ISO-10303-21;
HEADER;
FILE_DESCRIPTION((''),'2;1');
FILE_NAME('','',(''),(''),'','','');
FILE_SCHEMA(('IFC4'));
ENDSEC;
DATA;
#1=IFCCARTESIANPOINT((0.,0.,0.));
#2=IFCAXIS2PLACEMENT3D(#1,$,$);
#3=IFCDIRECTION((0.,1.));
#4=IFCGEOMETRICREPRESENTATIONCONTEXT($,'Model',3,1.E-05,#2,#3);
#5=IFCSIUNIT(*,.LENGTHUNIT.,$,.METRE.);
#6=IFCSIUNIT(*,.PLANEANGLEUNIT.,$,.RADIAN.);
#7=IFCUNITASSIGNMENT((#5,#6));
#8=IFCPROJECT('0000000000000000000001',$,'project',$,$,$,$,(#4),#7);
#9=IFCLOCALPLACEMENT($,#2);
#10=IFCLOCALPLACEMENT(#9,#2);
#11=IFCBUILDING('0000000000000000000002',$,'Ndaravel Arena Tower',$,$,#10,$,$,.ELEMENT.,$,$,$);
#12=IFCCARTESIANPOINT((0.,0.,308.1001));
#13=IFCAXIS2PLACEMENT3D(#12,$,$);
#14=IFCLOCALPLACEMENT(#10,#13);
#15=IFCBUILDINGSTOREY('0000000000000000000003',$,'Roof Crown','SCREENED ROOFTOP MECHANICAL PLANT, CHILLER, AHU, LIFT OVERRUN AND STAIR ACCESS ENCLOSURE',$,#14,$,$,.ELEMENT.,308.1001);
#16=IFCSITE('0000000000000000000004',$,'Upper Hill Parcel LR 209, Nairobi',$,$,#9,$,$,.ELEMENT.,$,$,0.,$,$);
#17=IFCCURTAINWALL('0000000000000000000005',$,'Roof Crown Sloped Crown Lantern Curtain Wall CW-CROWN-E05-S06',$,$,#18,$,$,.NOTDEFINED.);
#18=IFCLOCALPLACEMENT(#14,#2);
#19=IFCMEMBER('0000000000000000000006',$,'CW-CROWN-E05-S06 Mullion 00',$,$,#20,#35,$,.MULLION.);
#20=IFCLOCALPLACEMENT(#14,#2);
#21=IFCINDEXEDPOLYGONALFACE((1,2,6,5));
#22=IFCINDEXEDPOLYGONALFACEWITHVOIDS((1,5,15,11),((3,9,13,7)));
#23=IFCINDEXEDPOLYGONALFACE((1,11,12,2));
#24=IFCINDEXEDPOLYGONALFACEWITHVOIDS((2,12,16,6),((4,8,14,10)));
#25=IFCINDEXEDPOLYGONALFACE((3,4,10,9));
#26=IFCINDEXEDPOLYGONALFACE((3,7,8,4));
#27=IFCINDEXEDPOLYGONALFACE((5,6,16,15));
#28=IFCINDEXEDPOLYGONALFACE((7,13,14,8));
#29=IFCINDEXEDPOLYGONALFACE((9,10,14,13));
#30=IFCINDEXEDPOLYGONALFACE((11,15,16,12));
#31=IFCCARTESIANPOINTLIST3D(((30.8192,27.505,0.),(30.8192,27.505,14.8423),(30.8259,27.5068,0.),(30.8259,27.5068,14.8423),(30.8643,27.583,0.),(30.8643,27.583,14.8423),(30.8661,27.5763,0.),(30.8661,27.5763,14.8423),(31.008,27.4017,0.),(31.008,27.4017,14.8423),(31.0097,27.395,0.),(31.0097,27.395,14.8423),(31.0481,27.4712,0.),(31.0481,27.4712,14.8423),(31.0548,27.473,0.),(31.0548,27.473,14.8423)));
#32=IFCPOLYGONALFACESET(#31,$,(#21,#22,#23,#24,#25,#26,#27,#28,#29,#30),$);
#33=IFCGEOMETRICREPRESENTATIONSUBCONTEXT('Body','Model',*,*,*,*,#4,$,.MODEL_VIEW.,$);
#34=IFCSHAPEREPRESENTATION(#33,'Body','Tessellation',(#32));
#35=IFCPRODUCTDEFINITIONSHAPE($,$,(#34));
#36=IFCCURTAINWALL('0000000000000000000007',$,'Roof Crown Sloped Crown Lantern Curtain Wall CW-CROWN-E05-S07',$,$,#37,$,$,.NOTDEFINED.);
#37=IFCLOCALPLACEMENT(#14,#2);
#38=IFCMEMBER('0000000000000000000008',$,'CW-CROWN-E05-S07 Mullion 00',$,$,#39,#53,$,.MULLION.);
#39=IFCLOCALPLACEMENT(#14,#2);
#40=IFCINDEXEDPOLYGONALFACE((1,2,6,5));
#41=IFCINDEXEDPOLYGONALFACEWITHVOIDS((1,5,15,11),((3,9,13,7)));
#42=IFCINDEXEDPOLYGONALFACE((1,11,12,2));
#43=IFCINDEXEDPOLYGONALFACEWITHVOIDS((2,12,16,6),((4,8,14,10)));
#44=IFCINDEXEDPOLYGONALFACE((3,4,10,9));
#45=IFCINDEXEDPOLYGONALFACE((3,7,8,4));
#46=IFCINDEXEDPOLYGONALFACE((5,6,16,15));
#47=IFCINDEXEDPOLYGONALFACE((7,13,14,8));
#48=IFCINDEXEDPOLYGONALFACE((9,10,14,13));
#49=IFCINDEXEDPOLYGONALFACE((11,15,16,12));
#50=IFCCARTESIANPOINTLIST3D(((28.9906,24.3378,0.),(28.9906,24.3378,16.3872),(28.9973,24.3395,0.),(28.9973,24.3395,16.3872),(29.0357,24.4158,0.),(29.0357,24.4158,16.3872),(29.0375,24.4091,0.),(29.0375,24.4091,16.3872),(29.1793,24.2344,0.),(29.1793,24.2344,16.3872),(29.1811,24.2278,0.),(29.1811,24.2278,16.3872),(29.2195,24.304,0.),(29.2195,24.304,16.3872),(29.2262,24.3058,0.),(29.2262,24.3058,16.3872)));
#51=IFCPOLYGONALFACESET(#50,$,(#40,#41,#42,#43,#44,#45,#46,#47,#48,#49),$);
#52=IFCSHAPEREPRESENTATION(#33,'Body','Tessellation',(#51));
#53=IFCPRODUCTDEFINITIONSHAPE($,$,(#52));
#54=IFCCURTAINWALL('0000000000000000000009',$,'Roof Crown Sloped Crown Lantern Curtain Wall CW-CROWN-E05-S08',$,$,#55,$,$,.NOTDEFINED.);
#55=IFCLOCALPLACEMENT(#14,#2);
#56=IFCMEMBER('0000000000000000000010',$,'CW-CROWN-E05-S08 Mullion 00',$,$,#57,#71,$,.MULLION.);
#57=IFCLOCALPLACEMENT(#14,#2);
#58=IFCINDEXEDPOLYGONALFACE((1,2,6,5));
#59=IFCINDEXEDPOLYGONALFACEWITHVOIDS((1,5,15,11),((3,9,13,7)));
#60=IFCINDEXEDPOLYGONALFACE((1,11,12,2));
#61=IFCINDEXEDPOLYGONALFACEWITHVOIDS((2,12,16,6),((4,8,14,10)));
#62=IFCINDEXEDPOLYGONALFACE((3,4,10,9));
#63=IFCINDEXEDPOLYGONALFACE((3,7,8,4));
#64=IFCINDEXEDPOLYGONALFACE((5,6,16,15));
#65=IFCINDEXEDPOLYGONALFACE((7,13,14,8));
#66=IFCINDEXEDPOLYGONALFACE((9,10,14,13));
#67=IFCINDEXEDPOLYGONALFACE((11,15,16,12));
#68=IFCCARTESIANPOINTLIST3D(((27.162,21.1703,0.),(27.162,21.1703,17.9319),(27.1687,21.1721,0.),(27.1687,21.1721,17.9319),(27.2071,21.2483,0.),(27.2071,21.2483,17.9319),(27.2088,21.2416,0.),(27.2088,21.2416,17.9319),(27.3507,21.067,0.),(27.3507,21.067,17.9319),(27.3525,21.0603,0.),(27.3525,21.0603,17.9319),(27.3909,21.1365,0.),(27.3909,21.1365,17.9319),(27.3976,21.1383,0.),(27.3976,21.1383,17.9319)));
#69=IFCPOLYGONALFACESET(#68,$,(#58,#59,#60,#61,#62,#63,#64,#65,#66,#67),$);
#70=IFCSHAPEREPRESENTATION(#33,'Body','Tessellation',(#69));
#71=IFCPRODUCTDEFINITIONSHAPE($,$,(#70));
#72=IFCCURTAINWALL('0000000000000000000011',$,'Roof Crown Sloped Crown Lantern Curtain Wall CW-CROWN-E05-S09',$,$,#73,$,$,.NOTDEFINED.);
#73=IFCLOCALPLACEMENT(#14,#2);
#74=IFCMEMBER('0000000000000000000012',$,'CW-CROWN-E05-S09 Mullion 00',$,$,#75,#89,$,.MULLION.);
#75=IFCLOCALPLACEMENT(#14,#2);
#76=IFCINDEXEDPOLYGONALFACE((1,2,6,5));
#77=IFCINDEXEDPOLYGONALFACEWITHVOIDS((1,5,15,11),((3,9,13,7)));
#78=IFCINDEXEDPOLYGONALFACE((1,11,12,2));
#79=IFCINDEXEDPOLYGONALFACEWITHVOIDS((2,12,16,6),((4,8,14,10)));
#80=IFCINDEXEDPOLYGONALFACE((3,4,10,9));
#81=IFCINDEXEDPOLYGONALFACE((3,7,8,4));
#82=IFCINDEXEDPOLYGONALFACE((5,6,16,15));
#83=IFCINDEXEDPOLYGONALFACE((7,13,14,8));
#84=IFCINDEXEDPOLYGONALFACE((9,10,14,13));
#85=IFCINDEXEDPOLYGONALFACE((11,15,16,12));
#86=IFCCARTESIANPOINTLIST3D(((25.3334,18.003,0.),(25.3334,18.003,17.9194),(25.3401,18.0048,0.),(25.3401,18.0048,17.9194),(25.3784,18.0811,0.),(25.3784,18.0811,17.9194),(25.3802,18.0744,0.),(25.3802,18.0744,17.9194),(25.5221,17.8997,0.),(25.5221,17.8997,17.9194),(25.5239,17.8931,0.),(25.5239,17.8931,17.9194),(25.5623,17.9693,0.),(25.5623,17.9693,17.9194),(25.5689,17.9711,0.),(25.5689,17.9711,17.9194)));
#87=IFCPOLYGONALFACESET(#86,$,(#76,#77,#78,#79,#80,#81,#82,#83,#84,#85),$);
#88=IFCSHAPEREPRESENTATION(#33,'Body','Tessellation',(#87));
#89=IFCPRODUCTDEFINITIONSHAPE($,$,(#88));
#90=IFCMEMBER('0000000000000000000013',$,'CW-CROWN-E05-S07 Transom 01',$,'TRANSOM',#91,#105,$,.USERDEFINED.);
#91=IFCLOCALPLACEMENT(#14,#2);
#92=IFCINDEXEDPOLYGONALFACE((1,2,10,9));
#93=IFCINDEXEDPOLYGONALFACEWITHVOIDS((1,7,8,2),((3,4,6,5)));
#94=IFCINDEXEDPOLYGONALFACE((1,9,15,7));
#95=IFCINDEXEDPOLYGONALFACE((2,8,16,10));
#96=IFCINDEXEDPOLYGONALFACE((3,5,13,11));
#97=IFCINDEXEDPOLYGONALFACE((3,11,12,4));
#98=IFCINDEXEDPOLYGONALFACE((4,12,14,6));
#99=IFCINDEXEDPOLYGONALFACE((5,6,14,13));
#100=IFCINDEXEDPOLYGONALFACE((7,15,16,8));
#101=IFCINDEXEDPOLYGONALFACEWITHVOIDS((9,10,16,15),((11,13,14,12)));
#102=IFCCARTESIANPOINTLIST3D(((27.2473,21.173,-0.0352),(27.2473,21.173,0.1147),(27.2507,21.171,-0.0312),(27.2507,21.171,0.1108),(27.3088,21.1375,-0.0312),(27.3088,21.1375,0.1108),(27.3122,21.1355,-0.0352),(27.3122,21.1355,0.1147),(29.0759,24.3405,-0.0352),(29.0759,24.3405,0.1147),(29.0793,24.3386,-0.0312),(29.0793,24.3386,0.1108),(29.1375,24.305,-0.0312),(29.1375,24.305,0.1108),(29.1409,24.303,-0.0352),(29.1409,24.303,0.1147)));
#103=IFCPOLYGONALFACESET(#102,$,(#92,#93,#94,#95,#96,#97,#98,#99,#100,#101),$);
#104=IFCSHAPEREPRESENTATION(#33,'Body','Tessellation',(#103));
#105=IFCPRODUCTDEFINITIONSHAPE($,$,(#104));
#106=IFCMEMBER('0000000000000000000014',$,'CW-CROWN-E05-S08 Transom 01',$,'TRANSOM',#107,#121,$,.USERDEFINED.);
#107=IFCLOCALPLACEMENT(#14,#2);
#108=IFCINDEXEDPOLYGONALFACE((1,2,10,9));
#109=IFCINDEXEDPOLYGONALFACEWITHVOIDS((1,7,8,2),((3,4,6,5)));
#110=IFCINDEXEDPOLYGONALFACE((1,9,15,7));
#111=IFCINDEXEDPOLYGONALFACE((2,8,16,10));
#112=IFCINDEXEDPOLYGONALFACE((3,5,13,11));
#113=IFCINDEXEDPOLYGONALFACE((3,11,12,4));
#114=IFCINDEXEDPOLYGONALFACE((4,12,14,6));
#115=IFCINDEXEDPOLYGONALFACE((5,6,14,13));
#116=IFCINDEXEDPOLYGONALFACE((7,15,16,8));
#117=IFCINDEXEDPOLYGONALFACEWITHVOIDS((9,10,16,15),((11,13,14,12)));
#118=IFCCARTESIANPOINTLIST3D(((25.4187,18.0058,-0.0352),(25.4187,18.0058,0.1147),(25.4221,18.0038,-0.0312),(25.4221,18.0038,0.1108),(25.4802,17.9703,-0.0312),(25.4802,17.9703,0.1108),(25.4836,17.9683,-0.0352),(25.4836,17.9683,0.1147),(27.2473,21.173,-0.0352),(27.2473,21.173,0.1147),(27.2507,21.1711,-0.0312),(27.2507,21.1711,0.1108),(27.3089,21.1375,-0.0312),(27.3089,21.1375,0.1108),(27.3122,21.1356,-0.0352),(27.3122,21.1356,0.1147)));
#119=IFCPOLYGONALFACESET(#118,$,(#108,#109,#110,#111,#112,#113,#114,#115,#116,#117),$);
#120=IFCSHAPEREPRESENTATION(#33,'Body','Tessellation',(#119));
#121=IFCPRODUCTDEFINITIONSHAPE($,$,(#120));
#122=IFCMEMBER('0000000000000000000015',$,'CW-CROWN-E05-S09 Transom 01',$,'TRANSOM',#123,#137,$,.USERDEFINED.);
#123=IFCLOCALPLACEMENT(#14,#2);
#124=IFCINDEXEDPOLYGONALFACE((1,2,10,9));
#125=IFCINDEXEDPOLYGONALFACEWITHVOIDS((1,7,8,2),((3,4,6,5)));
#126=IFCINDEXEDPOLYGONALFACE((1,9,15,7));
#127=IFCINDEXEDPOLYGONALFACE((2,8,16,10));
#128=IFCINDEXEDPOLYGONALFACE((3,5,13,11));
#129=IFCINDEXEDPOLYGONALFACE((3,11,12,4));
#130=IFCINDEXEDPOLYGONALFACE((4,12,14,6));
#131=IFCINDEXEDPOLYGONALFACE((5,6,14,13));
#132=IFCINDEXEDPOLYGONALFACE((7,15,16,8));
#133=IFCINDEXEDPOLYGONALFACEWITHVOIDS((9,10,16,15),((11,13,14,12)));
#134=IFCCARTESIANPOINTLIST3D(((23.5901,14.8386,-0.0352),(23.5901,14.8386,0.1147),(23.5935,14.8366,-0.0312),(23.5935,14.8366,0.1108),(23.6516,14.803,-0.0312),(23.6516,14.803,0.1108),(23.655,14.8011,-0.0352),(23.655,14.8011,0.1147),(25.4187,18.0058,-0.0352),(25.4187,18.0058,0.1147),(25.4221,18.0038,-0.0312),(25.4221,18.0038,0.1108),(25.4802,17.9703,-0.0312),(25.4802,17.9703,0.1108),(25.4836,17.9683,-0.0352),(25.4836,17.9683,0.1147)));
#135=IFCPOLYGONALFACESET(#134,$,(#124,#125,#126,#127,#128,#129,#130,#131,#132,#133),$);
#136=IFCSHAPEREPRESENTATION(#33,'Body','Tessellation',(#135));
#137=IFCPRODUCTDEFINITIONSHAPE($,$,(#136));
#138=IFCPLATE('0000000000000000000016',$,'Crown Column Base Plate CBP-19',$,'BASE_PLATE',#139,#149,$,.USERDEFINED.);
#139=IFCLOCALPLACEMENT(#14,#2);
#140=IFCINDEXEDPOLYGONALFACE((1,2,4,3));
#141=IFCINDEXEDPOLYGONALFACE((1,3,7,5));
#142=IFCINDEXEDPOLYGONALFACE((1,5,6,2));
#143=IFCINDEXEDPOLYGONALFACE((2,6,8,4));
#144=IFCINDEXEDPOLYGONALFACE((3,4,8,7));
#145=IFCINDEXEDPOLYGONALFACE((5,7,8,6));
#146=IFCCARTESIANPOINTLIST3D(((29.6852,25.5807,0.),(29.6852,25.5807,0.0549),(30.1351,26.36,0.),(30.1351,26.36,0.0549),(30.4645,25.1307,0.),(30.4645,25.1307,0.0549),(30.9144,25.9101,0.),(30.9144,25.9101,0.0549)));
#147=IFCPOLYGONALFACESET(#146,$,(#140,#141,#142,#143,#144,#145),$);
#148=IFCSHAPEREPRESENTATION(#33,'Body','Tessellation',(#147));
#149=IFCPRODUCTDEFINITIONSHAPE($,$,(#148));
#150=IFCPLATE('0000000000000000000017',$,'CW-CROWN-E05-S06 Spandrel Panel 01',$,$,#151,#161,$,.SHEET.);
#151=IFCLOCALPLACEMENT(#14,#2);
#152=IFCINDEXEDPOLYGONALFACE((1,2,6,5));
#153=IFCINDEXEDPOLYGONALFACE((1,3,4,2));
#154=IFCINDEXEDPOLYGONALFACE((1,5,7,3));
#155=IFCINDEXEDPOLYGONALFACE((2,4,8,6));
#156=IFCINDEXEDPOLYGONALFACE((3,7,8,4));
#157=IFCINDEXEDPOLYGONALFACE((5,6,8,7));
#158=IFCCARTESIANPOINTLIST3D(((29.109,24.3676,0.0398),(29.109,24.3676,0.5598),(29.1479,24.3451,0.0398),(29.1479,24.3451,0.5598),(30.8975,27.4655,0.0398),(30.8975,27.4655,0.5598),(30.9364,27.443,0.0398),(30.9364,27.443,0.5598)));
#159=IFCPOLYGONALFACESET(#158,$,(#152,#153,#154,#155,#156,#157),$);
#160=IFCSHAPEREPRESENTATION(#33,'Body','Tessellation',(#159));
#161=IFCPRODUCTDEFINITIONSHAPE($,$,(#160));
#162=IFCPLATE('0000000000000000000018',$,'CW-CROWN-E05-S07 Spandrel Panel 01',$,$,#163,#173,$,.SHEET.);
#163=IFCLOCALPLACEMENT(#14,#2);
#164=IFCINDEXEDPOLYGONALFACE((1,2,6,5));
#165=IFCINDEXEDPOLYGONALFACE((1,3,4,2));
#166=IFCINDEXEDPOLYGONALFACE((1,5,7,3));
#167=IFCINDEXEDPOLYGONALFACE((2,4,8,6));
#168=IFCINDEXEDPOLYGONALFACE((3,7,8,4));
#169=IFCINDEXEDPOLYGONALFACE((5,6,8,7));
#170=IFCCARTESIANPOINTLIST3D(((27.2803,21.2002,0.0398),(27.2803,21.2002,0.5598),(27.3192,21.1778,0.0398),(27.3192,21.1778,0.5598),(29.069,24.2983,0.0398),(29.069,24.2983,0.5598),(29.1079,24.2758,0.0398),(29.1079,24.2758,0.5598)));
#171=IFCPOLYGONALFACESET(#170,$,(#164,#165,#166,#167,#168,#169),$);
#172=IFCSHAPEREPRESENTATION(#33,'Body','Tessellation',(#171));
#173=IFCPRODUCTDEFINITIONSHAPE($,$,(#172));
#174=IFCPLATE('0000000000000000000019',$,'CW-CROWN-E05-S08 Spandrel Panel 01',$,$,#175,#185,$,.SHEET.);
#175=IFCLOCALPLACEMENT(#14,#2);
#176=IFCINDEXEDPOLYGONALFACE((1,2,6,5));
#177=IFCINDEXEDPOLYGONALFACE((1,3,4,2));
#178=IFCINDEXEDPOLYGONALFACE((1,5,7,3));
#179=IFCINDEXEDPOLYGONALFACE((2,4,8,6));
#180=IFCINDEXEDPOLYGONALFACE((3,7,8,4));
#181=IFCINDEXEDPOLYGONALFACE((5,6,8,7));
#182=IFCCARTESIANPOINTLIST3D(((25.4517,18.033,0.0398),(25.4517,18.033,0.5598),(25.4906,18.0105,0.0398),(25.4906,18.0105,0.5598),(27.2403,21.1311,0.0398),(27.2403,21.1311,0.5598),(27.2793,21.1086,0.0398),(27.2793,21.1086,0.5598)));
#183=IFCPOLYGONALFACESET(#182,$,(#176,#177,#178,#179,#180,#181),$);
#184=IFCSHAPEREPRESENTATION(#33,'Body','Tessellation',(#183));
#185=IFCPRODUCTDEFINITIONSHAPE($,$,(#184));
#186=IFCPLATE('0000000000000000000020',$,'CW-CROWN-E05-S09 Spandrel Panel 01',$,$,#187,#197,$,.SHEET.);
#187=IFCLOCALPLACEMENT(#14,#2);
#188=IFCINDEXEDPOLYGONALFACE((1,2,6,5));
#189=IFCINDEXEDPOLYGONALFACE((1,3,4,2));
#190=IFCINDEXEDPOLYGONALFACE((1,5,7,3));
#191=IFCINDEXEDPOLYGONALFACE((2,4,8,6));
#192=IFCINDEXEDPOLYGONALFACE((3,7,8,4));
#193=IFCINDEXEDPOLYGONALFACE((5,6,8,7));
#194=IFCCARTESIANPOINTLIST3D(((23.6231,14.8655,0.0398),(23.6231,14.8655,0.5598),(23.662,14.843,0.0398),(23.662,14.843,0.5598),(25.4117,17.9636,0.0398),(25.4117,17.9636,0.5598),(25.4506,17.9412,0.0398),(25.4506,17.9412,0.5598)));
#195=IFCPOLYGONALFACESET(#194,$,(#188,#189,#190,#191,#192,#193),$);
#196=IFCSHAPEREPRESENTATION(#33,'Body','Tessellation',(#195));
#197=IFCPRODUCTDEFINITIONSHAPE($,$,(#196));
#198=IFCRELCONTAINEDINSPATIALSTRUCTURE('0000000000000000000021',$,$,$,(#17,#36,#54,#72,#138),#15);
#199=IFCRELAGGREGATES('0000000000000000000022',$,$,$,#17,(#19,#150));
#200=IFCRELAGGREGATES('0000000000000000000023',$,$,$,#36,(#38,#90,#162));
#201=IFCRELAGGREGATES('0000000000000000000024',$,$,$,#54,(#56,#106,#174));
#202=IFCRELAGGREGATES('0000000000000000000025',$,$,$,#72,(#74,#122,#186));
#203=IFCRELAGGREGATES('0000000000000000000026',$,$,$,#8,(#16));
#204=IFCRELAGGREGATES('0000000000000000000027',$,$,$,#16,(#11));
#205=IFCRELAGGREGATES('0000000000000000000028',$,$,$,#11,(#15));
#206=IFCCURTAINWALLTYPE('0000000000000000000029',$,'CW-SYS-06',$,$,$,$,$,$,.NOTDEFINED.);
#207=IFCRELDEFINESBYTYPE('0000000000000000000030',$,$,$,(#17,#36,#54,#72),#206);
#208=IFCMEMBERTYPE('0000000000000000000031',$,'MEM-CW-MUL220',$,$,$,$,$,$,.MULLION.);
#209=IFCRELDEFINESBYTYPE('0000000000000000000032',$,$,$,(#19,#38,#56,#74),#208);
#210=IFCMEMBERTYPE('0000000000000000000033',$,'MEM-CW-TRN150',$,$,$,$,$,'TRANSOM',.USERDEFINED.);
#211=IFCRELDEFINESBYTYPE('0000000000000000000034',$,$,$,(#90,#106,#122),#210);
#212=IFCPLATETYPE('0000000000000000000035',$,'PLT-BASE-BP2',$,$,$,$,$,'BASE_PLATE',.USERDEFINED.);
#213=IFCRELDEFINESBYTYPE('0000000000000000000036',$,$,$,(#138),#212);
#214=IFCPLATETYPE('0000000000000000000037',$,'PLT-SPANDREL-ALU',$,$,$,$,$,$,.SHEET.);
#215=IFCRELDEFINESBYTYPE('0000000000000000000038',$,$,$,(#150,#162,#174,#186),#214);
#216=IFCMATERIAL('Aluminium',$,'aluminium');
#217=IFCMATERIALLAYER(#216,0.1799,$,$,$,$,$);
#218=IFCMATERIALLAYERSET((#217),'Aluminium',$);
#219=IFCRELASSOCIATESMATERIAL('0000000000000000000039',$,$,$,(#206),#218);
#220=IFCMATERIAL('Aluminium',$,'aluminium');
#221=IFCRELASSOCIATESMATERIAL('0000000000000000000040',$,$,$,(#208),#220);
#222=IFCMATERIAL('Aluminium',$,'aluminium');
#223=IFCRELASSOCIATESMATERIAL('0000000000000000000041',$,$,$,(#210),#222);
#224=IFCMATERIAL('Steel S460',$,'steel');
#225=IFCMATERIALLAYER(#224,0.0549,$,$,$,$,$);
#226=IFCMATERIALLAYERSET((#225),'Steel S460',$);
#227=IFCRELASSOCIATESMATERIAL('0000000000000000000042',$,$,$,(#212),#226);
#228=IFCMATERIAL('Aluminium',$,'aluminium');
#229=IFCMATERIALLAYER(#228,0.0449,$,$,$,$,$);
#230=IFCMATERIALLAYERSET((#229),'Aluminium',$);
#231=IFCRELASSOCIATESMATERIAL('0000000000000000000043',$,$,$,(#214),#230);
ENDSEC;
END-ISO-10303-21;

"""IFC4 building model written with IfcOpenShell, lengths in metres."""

from ifc_helpers import new_model, si_unit, direction, frame, origin, origin_2d, place, context, subcontext, project, spatial, rectangle, hollow_rectangle, extrude, material, layer, layer_set, material_profile, profile_set, type_object, element, aggregate, save


model = new_model("IFC4")

# Units and contexts
model_context = context("Model", 3, precision=1e-05, world=origin(), true_north=direction((0.0, 1.0)))
body_context = subcontext(model_context, "Body", "Model", "MODEL_VIEW")
ifc_project = project(units=[si_unit("LENGTHUNIT", "METRE"), si_unit("PLANEANGLEUNIT", "RADIAN")], contexts=[model_context])

# Site, building, storey
site_placement = place(None, origin())
site = spatial("IfcSite", under=ifc_project, at=site_placement, Name="Upper Hill Parcel LR 209, Nairobi", CompositionType="ELEMENT", RefElevation=0.0)
building_placement = place(site_placement, origin())
building = spatial("IfcBuilding", under=site, at=building_placement, Name="Ndaravel Arena Tower", CompositionType="ELEMENT")
storey_placement = place(building_placement, frame((0.0, 0.0, 308.1001)))
storey = spatial("IfcBuildingStorey", under=building, at=storey_placement, Name="Roof Crown", Description="SCREENED ROOFTOP MECHANICAL PLANT, CHILLER, AHU, LIFT OVERRUN AND STAIR ACCESS ENCLOSURE", CompositionType="ELEMENT", Elevation=308.1001)

# Curtain walls, members
ifc_material_1 = material(Name="Aluminium", Category="aluminium")
ifc_layer_1 = layer(ifc_material_1, 0.1799)
ifc_layer_set_1 = layer_set([ifc_layer_1], Name="Aluminium")
curtain_wall_type = type_object("IfcCurtainWallType", Name="CW-SYS-06", PredefinedType="NOTDEFINED", material=ifc_layer_set_1)
curtain_wall_1_placement = place(storey_placement, origin())
curtain_wall_1 = element("IfcCurtainWall", 1, at=curtain_wall_1_placement, inside=storey, type_object=curtain_wall_type, Name="Roof Crown Sloped Crown Lantern Curtain Wall CW-CROWN-E05-S06", PredefinedType="NOTDEFINED")
ifc_material_2 = material(Name="Aluminium", Category="aluminium")
ifc_material_profile_1 = material_profile(ifc_material_2, hollow_rectangle(XDim=0.0901, YDim=0.22, WallThickness=0.0049, at=origin_2d()), Name="CW MULLION 90x220x5")
ifc_profile_set_1 = profile_set([ifc_material_profile_1], Name="Aluminium")
member_type_1 = type_object("IfcMemberType", Name="MEM-CW-MUL220", PredefinedType="MULLION", material=ifc_profile_set_1)
member_1_placement = place(storey_placement, frame((30.937, 27.489, 0.0), z_axis=(0.0, 0.0, 1.0), x_axis=(-0.5, -0.866025, 0.0)))
member_1 = element("IfcMember", 2, at=member_1_placement, type_object=member_type_1, Name="CW-CROWN-E05-S06 Mullion 00", PredefinedType="MULLION", context=body_context, shape_type="SweptSolid", body=[
    extrude(hollow_rectangle(XDim=0.0901, YDim=0.22, WallThickness=0.0049, at=origin_2d()), origin(), (0.0, 0.0, 1.0), 14.8423),
])
curtain_wall_2_placement = place(storey_placement, origin())
curtain_wall_2 = element("IfcCurtainWall", 3, at=curtain_wall_2_placement, inside=storey, type_object=curtain_wall_type, Name="Roof Crown Sloped Crown Lantern Curtain Wall CW-CROWN-E05-S07", PredefinedType="NOTDEFINED")
member_2_placement = place(storey_placement, frame((29.1084, 24.3218, 0.0), z_axis=(0.0, 0.0, 1.0), x_axis=(-0.500015, -0.866017, 0.0)))
member_2 = element("IfcMember", 4, at=member_2_placement, type_object=member_type_1, Name="CW-CROWN-E05-S07 Mullion 00", PredefinedType="MULLION", context=body_context, shape_type="SweptSolid", body=[
    extrude(hollow_rectangle(XDim=0.0901, YDim=0.22, WallThickness=0.0049, at=origin_2d()), origin(), (0.0, 0.0, 1.0), 16.3872),
])
curtain_wall_3_placement = place(storey_placement, origin())
curtain_wall_3 = element("IfcCurtainWall", 5, at=curtain_wall_3_placement, inside=storey, type_object=curtain_wall_type, Name="Roof Crown Sloped Crown Lantern Curtain Wall CW-CROWN-E05-S08", PredefinedType="NOTDEFINED")
member_3_placement = place(storey_placement, frame((27.2798, 21.1543, 0.0), z_axis=(0.0, 0.0, 1.0), x_axis=(-0.499985, -0.866034, 0.0)))
member_3 = element("IfcMember", 6, at=member_3_placement, type_object=member_type_1, Name="CW-CROWN-E05-S08 Mullion 00", PredefinedType="MULLION", context=body_context, shape_type="SweptSolid", body=[
    extrude(hollow_rectangle(XDim=0.0901, YDim=0.22, WallThickness=0.0049, at=origin_2d()), origin(), (0.0, 0.0, 1.0), 17.9319),
])
curtain_wall_4_placement = place(storey_placement, origin())
curtain_wall_4 = element("IfcCurtainWall", 7, at=curtain_wall_4_placement, inside=storey, type_object=curtain_wall_type, Name="Roof Crown Sloped Crown Lantern Curtain Wall CW-CROWN-E05-S09", PredefinedType="NOTDEFINED")
member_4_placement = place(storey_placement, frame((25.4512, 17.9871, 0.0), z_axis=(0.0, 0.0, 1.0), x_axis=(-0.499985, -0.866034, 0.0)))
member_4 = element("IfcMember", 8, at=member_4_placement, type_object=member_type_1, Name="CW-CROWN-E05-S09 Mullion 00", PredefinedType="MULLION", context=body_context, shape_type="SweptSolid", body=[
    extrude(hollow_rectangle(XDim=0.0901, YDim=0.22, WallThickness=0.0049, at=origin_2d()), origin(), (0.0, 0.0, 1.0), 17.9194),
])

# Members
ifc_material_3 = material(Name="Aluminium", Category="aluminium")
ifc_material_profile_2 = material_profile(ifc_material_3, hollow_rectangle(XDim=0.075, YDim=0.1499, WallThickness=0.0039, at=origin_2d()), Name="CW TRANSOM 75x150x4")
ifc_profile_set_2 = profile_set([ifc_material_profile_2], Name="Aluminium")
member_type_2 = type_object("IfcMemberType", Name="MEM-CW-TRN150", ElementType="TRANSOM", PredefinedType="USERDEFINED", material=ifc_profile_set_2)
member_5_placement = place(storey_placement, frame((29.1084, 24.3218, 0.0398), z_axis=(-0.499973, -0.866041, 0.0), x_axis=(0.866041, -0.499973, 0.0)))
member_5 = element("IfcMember", 9, at=member_5_placement, type_object=member_type_2, Name="CW-CROWN-E05-S07 Transom 01", ObjectType="TRANSOM", PredefinedType="USERDEFINED", context=body_context, shape_type="SweptSolid", body=[
    extrude(hollow_rectangle(XDim=0.075, YDim=0.1499, WallThickness=0.0039, at=origin_2d()), origin(), (0.0, 0.0, 1.0), 3.6575),
])
member_6_placement = place(storey_placement, frame((27.2798, 21.1543, 0.0398), z_axis=(-0.500002, -0.866024, 0.0), x_axis=(0.866024, -0.500002, 0.0)))
member_6 = element("IfcMember", 10, at=member_6_placement, type_object=member_type_2, Name="CW-CROWN-E05-S08 Transom 01", ObjectType="TRANSOM", PredefinedType="USERDEFINED", context=body_context, shape_type="SweptSolid", body=[
    extrude(hollow_rectangle(XDim=0.075, YDim=0.1499, WallThickness=0.0039, at=origin_2d()), origin(), (0.0, 0.0, 1.0), 3.6572),
])
member_7_placement = place(storey_placement, frame((25.4512, 17.9871, 0.0398), z_axis=(-0.500002, -0.866024, 0.0), x_axis=(0.866024, -0.500002, 0.0)))
member_7 = element("IfcMember", 11, at=member_7_placement, type_object=member_type_2, Name="CW-CROWN-E05-S09 Transom 01", ObjectType="TRANSOM", PredefinedType="USERDEFINED", context=body_context, shape_type="SweptSolid", body=[
    extrude(hollow_rectangle(XDim=0.075, YDim=0.1499, WallThickness=0.0039, at=origin_2d()), origin(), (0.0, 0.0, 1.0), 3.6572),
])

# Plates
ifc_material_4 = material(Name="Steel S460", Category="steel")
ifc_layer_2 = layer(ifc_material_4, 0.0549)
ifc_layer_set_2 = layer_set([ifc_layer_2], Name="Steel S460")
plate_type_1 = type_object("IfcPlateType", Name="PLT-BASE-BP2", ElementType="BASE_PLATE", PredefinedType="USERDEFINED", material=ifc_layer_set_2)
plate_1_placement = place(storey_placement, frame((30.2998, 25.7454, 0.0), z_axis=(0.0, 0.0, 1.0), x_axis=(0.5, 0.866025, 0.0)))
element("IfcPlate", 12, at=plate_1_placement, inside=storey, type_object=plate_type_1, Name="Crown Column Base Plate CBP-19", ObjectType="BASE_PLATE", PredefinedType="USERDEFINED", context=body_context, shape_type="SweptSolid", body=[
    extrude(rectangle(XDim=0.8999, YDim=0.8999, at=origin_2d()), origin(), (0.0, 0.0, 1.0), 0.0549),
])
ifc_material_5 = material(Name="Aluminium", Category="aluminium")
ifc_layer_3 = layer(ifc_material_5, 0.0449)
ifc_layer_set_3 = layer_set([ifc_layer_3], Name="Aluminium")
plate_type_2 = type_object("IfcPlateType", Name="PLT-SPANDREL-ALU", PredefinedType="SHEET", material=ifc_layer_set_3)
plate_2_placement = place(storey_placement, frame((30.0227, 25.9053, 0.0398), z_axis=(0.0, 0.0, 1.0), x_axis=(-0.5, -0.866025, 0.0)))
plate_2 = element("IfcPlate", 13, at=plate_2_placement, type_object=plate_type_2, Name="CW-CROWN-E05-S06 Spandrel Panel 01", PredefinedType="SHEET", context=body_context, shape_type="SweptSolid", body=[
    extrude(rectangle(XDim=3.5771, YDim=0.0449, at=origin_2d()), origin(), (0.0, 0.0, 1.0), 0.52),
])
aggregate(curtain_wall_1, [member_1, plate_2])
plate_3_placement = place(storey_placement, frame((28.1941, 22.738, 0.0398), z_axis=(0.0, 0.0, 1.0), x_axis=(-0.500015, -0.866017, 0.0)))
plate_3 = element("IfcPlate", 14, at=plate_3_placement, type_object=plate_type_2, Name="CW-CROWN-E05-S07 Spandrel Panel 01", PredefinedType="SHEET", context=body_context, shape_type="SweptSolid", body=[
    extrude(rectangle(XDim=3.5774, YDim=0.0449, at=origin_2d()), origin(), (0.0, 0.0, 1.0), 0.52),
])
aggregate(curtain_wall_2, [member_2, member_5, plate_3])
plate_4_placement = place(storey_placement, frame((26.3655, 19.5708, 0.0398), z_axis=(0.0, 0.0, 1.0), x_axis=(-0.499985, -0.866034, 0.0)))
plate_4 = element("IfcPlate", 15, at=plate_4_placement, type_object=plate_type_2, Name="CW-CROWN-E05-S08 Spandrel Panel 01", PredefinedType="SHEET", context=body_context, shape_type="SweptSolid", body=[
    extrude(rectangle(XDim=3.5774, YDim=0.0449, at=origin_2d()), origin(), (0.0, 0.0, 1.0), 0.52),
])
aggregate(curtain_wall_3, [member_3, member_6, plate_4])
plate_5_placement = place(storey_placement, frame((24.5369, 16.4033, 0.0398), z_axis=(0.0, 0.0, 1.0), x_axis=(-0.499985, -0.866034, 0.0)))
plate_5 = element("IfcPlate", 16, at=plate_5_placement, type_object=plate_type_2, Name="CW-CROWN-E05-S09 Spandrel Panel 01", PredefinedType="SHEET", context=body_context, shape_type="SweptSolid", body=[
    extrude(rectangle(XDim=3.5774, YDim=0.0449, at=origin_2d()), origin(), (0.0, 0.0, 1.0), 0.52),
])
aggregate(curtain_wall_4, [member_4, member_7, plate_5])

save(model, "model.ifc")
